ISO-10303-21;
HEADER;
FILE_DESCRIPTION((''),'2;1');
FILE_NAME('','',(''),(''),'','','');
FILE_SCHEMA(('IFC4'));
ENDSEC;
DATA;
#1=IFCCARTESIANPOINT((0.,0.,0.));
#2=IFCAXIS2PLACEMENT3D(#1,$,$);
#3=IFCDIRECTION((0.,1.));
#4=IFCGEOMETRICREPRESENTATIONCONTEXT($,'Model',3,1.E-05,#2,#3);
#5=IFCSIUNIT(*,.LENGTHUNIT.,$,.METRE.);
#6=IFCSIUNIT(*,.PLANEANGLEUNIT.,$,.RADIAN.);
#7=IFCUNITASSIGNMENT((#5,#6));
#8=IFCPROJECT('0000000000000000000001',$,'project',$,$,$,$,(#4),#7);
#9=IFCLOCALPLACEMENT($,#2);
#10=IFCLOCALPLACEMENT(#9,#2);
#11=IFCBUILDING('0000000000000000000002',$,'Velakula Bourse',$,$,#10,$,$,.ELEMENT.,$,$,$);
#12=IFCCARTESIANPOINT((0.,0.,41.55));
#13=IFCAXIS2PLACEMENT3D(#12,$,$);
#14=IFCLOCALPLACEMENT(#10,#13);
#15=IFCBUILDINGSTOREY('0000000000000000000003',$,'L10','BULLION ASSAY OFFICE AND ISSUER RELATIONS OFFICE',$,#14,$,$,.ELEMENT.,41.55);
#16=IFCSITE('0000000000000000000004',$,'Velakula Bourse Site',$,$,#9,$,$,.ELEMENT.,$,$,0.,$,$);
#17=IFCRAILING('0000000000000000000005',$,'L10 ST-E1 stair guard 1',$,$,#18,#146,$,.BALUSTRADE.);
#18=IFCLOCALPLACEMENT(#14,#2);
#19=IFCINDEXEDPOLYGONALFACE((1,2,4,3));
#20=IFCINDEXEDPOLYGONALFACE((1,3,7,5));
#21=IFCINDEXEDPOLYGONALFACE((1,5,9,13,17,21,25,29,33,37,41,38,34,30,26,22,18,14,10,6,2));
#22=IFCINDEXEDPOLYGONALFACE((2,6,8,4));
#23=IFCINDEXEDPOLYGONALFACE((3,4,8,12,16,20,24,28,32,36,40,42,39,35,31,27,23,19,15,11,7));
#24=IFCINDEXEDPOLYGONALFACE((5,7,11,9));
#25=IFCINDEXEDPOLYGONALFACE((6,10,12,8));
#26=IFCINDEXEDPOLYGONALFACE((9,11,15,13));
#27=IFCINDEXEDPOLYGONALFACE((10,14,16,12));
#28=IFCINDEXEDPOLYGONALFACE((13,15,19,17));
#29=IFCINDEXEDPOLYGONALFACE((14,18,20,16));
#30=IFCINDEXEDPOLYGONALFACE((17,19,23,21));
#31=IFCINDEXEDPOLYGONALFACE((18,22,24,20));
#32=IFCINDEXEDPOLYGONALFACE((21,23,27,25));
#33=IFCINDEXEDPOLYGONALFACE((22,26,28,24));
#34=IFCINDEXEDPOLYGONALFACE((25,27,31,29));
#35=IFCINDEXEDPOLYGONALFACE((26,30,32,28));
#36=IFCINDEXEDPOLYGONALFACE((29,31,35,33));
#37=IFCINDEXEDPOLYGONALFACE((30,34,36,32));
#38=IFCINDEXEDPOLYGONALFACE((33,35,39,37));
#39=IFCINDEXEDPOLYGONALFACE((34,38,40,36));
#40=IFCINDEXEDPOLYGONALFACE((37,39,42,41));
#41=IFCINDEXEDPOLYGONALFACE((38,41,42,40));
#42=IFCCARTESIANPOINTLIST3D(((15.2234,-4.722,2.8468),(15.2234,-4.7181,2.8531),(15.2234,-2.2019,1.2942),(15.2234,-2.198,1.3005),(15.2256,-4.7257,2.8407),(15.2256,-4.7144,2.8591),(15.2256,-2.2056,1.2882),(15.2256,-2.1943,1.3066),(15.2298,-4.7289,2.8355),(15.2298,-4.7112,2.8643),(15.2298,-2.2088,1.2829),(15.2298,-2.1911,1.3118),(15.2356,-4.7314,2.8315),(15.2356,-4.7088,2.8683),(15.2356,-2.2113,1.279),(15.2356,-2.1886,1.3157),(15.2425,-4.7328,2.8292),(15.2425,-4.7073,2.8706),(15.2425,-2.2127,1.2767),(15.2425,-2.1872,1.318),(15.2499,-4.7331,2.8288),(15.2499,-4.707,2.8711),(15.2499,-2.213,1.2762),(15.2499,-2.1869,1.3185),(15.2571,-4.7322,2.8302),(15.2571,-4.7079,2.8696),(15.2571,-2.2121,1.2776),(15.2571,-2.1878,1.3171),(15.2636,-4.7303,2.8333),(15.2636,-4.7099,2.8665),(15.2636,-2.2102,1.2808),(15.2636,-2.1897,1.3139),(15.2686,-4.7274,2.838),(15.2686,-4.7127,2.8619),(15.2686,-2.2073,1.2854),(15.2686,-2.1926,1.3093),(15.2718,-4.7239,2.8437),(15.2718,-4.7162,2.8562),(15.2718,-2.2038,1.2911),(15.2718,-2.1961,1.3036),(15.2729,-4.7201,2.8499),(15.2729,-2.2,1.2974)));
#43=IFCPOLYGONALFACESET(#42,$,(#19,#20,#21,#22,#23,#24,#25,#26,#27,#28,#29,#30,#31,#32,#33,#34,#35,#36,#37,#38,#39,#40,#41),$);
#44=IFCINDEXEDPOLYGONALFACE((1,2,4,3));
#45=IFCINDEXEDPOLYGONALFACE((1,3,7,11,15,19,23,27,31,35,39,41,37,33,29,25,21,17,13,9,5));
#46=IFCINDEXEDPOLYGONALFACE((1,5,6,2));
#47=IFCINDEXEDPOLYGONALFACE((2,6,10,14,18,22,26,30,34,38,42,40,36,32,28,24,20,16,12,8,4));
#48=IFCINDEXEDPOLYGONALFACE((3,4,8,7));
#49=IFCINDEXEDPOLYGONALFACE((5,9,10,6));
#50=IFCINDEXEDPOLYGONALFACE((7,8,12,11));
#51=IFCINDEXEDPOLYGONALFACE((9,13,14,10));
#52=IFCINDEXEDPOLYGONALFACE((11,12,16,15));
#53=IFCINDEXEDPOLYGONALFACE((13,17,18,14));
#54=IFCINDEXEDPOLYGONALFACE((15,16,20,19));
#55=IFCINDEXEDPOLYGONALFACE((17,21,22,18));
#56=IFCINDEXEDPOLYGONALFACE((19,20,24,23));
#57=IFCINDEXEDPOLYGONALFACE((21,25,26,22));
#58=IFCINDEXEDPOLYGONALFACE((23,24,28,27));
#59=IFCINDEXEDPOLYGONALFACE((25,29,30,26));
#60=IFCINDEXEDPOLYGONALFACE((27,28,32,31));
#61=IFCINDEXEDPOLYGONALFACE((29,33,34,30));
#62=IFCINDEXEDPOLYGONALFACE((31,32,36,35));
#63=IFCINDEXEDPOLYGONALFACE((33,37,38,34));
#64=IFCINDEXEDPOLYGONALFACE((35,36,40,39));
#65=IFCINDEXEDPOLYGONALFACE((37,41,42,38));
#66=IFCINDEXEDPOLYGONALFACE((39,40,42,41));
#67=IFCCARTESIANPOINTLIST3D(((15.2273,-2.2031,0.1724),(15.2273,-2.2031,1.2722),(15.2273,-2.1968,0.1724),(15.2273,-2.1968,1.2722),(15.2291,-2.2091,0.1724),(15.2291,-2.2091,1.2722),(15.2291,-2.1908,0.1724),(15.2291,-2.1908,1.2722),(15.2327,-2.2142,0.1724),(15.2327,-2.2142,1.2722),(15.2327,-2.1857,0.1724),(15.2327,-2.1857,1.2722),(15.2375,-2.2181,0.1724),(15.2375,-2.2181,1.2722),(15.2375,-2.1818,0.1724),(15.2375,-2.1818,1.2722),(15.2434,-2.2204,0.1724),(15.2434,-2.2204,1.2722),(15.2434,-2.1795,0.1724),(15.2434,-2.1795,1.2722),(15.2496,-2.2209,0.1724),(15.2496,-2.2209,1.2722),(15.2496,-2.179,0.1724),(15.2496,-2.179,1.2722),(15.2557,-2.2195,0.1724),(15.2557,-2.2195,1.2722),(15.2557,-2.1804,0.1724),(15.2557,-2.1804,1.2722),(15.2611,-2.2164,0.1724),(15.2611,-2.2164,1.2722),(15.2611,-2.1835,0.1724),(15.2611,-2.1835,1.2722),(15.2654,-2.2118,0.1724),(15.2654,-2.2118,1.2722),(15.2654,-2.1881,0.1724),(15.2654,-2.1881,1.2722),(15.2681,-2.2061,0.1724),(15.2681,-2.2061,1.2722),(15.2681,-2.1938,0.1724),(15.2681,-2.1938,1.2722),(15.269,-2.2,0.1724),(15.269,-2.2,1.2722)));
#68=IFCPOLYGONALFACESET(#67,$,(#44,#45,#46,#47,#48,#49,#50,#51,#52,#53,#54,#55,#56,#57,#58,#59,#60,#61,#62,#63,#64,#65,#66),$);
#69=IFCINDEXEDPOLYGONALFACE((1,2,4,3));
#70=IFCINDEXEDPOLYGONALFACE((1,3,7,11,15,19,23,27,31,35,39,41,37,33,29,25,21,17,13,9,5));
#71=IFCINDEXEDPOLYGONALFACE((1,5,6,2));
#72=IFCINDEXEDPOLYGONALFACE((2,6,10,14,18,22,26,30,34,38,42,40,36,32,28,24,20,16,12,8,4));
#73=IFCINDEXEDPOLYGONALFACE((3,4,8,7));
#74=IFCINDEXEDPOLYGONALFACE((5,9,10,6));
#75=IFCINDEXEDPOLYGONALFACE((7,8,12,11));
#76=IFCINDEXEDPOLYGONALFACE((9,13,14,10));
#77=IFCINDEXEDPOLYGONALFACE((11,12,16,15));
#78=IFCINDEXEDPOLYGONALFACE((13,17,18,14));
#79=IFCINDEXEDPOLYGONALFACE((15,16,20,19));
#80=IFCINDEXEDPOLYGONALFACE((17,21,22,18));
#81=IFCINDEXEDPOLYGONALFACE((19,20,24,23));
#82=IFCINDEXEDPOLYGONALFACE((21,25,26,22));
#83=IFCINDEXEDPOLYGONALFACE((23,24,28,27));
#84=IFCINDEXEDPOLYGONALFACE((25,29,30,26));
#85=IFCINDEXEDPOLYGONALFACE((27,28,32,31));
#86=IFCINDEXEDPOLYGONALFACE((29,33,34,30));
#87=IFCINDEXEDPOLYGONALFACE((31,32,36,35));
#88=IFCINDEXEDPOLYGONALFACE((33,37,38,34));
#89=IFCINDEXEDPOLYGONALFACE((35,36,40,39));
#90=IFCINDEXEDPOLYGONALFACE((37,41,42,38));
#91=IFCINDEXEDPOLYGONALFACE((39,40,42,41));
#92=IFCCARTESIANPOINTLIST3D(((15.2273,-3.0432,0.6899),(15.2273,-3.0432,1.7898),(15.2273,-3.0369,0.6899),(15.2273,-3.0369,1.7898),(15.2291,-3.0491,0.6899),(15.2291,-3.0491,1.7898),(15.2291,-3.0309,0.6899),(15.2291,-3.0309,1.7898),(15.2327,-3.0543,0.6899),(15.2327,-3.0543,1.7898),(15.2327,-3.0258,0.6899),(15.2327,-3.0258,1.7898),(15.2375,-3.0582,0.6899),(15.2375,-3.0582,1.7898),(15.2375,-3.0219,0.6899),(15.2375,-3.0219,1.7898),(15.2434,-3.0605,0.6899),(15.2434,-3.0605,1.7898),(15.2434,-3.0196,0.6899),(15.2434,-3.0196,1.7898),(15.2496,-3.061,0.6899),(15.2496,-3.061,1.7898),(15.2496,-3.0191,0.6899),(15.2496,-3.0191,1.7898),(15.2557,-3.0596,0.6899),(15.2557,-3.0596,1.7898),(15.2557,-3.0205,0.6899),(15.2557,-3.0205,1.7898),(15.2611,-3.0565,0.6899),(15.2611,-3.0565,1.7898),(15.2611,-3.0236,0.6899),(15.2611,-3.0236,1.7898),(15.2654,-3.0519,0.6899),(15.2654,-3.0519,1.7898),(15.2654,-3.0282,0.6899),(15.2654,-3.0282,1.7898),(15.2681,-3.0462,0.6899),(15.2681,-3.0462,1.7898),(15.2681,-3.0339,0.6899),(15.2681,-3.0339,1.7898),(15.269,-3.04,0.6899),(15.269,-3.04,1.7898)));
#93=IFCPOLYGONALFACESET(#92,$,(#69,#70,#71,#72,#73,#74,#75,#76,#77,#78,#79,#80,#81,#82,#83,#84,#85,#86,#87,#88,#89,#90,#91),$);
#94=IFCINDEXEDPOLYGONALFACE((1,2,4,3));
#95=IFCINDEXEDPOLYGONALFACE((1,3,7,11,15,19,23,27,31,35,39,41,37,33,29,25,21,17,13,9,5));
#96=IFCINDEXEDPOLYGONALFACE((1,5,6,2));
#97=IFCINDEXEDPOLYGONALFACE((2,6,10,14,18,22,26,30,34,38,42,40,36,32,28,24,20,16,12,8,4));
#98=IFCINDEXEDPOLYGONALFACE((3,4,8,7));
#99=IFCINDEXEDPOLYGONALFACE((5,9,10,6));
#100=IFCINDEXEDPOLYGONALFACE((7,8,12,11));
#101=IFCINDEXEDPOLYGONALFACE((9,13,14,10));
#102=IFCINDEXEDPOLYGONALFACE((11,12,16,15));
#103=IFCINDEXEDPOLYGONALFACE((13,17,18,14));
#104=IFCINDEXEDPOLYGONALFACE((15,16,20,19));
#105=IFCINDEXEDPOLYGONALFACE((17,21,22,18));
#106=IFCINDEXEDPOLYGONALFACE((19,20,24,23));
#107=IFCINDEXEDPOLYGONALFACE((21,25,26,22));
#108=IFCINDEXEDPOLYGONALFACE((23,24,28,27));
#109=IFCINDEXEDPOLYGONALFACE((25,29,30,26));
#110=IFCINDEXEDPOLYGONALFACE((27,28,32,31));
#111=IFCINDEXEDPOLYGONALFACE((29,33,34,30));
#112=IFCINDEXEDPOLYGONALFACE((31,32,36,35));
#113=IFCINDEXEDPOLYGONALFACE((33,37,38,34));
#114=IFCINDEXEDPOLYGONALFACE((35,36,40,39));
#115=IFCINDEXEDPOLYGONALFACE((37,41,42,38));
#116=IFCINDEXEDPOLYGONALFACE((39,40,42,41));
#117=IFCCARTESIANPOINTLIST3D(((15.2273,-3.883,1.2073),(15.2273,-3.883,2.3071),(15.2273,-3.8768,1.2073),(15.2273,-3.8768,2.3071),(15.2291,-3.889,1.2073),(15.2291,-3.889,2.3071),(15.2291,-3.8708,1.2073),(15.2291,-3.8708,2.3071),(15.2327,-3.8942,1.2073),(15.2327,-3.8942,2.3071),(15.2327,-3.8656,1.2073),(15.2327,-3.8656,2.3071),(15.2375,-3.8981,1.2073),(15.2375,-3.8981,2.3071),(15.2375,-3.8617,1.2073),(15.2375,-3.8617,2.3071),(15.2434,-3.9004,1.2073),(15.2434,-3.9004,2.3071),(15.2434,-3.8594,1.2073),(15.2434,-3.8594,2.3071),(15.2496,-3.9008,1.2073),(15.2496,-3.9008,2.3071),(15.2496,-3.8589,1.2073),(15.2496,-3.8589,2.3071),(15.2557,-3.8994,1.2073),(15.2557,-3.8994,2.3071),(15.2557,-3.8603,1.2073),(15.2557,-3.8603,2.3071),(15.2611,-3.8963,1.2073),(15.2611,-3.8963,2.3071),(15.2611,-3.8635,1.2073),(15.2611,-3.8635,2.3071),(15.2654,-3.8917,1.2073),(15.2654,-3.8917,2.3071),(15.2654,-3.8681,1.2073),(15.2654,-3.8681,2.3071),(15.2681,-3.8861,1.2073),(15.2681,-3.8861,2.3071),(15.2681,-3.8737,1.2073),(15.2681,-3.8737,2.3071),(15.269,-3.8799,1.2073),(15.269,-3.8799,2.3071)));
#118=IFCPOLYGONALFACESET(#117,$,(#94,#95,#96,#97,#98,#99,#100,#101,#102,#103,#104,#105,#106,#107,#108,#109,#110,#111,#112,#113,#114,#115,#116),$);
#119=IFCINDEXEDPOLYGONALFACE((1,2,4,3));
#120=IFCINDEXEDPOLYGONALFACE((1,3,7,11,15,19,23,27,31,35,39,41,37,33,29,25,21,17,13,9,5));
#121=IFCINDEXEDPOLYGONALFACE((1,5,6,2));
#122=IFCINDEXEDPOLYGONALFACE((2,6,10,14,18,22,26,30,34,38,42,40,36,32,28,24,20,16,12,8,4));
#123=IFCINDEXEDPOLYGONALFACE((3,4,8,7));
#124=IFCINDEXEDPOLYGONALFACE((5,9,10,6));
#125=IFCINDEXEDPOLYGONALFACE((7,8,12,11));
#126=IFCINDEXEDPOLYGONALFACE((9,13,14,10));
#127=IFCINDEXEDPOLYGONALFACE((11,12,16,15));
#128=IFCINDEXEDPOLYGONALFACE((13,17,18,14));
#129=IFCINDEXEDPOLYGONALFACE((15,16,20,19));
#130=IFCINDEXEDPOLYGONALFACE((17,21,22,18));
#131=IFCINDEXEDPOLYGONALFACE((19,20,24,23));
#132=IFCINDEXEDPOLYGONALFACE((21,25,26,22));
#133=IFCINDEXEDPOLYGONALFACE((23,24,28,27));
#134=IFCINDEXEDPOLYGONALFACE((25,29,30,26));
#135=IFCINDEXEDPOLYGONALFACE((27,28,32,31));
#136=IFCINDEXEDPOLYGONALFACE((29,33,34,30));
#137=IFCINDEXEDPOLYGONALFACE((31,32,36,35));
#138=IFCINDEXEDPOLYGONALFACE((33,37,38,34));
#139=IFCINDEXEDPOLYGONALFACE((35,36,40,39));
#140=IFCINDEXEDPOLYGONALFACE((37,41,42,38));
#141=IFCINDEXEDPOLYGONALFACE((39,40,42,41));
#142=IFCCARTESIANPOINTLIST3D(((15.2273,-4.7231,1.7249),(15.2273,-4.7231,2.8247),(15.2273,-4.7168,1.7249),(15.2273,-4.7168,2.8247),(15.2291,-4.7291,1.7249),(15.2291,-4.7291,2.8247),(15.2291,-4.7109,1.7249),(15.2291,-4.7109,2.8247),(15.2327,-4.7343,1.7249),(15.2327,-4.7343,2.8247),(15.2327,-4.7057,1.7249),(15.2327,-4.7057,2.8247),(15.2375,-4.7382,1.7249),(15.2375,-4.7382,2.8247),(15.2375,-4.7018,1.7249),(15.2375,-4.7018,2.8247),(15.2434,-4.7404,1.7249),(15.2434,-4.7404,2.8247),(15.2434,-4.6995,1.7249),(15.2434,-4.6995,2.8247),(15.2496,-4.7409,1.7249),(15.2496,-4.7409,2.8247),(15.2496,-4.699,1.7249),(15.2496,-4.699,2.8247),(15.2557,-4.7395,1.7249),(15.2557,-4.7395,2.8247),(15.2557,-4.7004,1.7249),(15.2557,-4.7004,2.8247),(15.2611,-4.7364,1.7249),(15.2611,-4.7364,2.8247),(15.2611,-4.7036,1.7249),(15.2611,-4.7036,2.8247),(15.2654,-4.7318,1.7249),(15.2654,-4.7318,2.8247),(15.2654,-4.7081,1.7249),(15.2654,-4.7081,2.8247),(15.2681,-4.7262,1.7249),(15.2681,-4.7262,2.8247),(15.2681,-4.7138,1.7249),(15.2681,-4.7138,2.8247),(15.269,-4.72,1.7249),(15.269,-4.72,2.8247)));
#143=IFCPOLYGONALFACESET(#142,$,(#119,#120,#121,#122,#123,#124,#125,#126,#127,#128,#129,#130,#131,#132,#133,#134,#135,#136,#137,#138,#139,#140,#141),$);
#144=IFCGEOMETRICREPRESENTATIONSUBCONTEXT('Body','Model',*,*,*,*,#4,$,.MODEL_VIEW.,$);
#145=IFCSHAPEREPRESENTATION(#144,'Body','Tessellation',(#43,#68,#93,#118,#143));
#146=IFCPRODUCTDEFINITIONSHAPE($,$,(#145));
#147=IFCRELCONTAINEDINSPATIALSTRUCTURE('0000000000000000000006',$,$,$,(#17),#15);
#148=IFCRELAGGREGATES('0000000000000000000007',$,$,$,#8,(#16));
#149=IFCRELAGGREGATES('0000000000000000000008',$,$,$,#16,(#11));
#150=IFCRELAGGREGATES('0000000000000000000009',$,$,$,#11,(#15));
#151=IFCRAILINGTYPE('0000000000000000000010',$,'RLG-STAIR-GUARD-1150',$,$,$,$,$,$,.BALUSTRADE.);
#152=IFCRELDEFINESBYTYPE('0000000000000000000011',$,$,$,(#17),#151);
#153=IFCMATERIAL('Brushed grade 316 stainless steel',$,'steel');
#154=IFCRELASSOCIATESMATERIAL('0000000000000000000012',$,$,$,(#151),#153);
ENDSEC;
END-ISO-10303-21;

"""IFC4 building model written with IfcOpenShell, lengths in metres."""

from ifc_helpers import new_model, si_unit, direction, frame, origin, origin_2d, place, context, subcontext, project, spatial, circle, extrude, material, type_object, element, save


model = new_model("IFC4")

# Units and contexts
model_context = context("Model", 3, precision=1e-05, world=origin(), true_north=direction((0.0, 1.0)))
body_context = subcontext(model_context, "Body", "Model", "MODEL_VIEW")
ifc_project = project(units=[si_unit("LENGTHUNIT", "METRE"), si_unit("PLANEANGLEUNIT", "RADIAN")], contexts=[model_context])

# Site, building, storey
site_placement = place(None, origin())
site = spatial("IfcSite", under=ifc_project, at=site_placement, Name="Velakula Bourse Site", CompositionType="ELEMENT", RefElevation=0.0)
building_placement = place(site_placement, origin())
building = spatial("IfcBuilding", under=site, at=building_placement, Name="Velakula Bourse", CompositionType="ELEMENT")
storey_placement = place(building_placement, frame((0.0, 0.0, 41.55)))
storey = spatial("IfcBuildingStorey", under=building, at=storey_placement, Name="L10", Description="BULLION ASSAY OFFICE AND ISSUER RELATIONS OFFICE", CompositionType="ELEMENT", Elevation=41.55)

# Shared definitions
ifc_material_1 = material(Name="Brushed grade 316 stainless steel", Category="steel")

# Railing
railing_type_1 = type_object("IfcRailingType", Name="RLG-STAIR-GUARD-1150", PredefinedType="BALUSTRADE", material=ifc_material_1)
railing_1_placement = place(storey_placement, frame((15.248, -2.2, 0.1724)))
element("IfcRailing", 1, at=railing_1_placement, inside=storey, type_object=railing_type_1, Name="L10 ST-E1 stair guard 1", PredefinedType="BALUSTRADE", context=body_context, shape_type="SweptSolid", body=[
    extrude(circle(Radius=0.0249, at=origin_2d()), frame((0.0, 0.0, 1.125), z_axis=(0.0, -0.8514, 0.524516), x_axis=(1.0, 0.0, 0.0)), (0.0, 0.0, 1.0), 2.96),
    extrude(circle(Radius=0.021, at=origin_2d()), origin(), (0.0, 0.0, 1.0), 1.0999),
    extrude(circle(Radius=0.021, at=origin_2d()), frame((0.0, -0.8401, 0.5176)), (0.0, 0.0, 1.0), 1.0999),
    extrude(circle(Radius=0.021, at=origin_2d()), frame((0.0, -1.6799, 1.0349)), (0.0, 0.0, 1.0), 1.0999),
    extrude(circle(Radius=0.021, at=origin_2d()), frame((0.0, -2.52, 1.5525)), (0.0, 0.0, 1.0), 1.0999),
])

save(model, "model.ifc")
